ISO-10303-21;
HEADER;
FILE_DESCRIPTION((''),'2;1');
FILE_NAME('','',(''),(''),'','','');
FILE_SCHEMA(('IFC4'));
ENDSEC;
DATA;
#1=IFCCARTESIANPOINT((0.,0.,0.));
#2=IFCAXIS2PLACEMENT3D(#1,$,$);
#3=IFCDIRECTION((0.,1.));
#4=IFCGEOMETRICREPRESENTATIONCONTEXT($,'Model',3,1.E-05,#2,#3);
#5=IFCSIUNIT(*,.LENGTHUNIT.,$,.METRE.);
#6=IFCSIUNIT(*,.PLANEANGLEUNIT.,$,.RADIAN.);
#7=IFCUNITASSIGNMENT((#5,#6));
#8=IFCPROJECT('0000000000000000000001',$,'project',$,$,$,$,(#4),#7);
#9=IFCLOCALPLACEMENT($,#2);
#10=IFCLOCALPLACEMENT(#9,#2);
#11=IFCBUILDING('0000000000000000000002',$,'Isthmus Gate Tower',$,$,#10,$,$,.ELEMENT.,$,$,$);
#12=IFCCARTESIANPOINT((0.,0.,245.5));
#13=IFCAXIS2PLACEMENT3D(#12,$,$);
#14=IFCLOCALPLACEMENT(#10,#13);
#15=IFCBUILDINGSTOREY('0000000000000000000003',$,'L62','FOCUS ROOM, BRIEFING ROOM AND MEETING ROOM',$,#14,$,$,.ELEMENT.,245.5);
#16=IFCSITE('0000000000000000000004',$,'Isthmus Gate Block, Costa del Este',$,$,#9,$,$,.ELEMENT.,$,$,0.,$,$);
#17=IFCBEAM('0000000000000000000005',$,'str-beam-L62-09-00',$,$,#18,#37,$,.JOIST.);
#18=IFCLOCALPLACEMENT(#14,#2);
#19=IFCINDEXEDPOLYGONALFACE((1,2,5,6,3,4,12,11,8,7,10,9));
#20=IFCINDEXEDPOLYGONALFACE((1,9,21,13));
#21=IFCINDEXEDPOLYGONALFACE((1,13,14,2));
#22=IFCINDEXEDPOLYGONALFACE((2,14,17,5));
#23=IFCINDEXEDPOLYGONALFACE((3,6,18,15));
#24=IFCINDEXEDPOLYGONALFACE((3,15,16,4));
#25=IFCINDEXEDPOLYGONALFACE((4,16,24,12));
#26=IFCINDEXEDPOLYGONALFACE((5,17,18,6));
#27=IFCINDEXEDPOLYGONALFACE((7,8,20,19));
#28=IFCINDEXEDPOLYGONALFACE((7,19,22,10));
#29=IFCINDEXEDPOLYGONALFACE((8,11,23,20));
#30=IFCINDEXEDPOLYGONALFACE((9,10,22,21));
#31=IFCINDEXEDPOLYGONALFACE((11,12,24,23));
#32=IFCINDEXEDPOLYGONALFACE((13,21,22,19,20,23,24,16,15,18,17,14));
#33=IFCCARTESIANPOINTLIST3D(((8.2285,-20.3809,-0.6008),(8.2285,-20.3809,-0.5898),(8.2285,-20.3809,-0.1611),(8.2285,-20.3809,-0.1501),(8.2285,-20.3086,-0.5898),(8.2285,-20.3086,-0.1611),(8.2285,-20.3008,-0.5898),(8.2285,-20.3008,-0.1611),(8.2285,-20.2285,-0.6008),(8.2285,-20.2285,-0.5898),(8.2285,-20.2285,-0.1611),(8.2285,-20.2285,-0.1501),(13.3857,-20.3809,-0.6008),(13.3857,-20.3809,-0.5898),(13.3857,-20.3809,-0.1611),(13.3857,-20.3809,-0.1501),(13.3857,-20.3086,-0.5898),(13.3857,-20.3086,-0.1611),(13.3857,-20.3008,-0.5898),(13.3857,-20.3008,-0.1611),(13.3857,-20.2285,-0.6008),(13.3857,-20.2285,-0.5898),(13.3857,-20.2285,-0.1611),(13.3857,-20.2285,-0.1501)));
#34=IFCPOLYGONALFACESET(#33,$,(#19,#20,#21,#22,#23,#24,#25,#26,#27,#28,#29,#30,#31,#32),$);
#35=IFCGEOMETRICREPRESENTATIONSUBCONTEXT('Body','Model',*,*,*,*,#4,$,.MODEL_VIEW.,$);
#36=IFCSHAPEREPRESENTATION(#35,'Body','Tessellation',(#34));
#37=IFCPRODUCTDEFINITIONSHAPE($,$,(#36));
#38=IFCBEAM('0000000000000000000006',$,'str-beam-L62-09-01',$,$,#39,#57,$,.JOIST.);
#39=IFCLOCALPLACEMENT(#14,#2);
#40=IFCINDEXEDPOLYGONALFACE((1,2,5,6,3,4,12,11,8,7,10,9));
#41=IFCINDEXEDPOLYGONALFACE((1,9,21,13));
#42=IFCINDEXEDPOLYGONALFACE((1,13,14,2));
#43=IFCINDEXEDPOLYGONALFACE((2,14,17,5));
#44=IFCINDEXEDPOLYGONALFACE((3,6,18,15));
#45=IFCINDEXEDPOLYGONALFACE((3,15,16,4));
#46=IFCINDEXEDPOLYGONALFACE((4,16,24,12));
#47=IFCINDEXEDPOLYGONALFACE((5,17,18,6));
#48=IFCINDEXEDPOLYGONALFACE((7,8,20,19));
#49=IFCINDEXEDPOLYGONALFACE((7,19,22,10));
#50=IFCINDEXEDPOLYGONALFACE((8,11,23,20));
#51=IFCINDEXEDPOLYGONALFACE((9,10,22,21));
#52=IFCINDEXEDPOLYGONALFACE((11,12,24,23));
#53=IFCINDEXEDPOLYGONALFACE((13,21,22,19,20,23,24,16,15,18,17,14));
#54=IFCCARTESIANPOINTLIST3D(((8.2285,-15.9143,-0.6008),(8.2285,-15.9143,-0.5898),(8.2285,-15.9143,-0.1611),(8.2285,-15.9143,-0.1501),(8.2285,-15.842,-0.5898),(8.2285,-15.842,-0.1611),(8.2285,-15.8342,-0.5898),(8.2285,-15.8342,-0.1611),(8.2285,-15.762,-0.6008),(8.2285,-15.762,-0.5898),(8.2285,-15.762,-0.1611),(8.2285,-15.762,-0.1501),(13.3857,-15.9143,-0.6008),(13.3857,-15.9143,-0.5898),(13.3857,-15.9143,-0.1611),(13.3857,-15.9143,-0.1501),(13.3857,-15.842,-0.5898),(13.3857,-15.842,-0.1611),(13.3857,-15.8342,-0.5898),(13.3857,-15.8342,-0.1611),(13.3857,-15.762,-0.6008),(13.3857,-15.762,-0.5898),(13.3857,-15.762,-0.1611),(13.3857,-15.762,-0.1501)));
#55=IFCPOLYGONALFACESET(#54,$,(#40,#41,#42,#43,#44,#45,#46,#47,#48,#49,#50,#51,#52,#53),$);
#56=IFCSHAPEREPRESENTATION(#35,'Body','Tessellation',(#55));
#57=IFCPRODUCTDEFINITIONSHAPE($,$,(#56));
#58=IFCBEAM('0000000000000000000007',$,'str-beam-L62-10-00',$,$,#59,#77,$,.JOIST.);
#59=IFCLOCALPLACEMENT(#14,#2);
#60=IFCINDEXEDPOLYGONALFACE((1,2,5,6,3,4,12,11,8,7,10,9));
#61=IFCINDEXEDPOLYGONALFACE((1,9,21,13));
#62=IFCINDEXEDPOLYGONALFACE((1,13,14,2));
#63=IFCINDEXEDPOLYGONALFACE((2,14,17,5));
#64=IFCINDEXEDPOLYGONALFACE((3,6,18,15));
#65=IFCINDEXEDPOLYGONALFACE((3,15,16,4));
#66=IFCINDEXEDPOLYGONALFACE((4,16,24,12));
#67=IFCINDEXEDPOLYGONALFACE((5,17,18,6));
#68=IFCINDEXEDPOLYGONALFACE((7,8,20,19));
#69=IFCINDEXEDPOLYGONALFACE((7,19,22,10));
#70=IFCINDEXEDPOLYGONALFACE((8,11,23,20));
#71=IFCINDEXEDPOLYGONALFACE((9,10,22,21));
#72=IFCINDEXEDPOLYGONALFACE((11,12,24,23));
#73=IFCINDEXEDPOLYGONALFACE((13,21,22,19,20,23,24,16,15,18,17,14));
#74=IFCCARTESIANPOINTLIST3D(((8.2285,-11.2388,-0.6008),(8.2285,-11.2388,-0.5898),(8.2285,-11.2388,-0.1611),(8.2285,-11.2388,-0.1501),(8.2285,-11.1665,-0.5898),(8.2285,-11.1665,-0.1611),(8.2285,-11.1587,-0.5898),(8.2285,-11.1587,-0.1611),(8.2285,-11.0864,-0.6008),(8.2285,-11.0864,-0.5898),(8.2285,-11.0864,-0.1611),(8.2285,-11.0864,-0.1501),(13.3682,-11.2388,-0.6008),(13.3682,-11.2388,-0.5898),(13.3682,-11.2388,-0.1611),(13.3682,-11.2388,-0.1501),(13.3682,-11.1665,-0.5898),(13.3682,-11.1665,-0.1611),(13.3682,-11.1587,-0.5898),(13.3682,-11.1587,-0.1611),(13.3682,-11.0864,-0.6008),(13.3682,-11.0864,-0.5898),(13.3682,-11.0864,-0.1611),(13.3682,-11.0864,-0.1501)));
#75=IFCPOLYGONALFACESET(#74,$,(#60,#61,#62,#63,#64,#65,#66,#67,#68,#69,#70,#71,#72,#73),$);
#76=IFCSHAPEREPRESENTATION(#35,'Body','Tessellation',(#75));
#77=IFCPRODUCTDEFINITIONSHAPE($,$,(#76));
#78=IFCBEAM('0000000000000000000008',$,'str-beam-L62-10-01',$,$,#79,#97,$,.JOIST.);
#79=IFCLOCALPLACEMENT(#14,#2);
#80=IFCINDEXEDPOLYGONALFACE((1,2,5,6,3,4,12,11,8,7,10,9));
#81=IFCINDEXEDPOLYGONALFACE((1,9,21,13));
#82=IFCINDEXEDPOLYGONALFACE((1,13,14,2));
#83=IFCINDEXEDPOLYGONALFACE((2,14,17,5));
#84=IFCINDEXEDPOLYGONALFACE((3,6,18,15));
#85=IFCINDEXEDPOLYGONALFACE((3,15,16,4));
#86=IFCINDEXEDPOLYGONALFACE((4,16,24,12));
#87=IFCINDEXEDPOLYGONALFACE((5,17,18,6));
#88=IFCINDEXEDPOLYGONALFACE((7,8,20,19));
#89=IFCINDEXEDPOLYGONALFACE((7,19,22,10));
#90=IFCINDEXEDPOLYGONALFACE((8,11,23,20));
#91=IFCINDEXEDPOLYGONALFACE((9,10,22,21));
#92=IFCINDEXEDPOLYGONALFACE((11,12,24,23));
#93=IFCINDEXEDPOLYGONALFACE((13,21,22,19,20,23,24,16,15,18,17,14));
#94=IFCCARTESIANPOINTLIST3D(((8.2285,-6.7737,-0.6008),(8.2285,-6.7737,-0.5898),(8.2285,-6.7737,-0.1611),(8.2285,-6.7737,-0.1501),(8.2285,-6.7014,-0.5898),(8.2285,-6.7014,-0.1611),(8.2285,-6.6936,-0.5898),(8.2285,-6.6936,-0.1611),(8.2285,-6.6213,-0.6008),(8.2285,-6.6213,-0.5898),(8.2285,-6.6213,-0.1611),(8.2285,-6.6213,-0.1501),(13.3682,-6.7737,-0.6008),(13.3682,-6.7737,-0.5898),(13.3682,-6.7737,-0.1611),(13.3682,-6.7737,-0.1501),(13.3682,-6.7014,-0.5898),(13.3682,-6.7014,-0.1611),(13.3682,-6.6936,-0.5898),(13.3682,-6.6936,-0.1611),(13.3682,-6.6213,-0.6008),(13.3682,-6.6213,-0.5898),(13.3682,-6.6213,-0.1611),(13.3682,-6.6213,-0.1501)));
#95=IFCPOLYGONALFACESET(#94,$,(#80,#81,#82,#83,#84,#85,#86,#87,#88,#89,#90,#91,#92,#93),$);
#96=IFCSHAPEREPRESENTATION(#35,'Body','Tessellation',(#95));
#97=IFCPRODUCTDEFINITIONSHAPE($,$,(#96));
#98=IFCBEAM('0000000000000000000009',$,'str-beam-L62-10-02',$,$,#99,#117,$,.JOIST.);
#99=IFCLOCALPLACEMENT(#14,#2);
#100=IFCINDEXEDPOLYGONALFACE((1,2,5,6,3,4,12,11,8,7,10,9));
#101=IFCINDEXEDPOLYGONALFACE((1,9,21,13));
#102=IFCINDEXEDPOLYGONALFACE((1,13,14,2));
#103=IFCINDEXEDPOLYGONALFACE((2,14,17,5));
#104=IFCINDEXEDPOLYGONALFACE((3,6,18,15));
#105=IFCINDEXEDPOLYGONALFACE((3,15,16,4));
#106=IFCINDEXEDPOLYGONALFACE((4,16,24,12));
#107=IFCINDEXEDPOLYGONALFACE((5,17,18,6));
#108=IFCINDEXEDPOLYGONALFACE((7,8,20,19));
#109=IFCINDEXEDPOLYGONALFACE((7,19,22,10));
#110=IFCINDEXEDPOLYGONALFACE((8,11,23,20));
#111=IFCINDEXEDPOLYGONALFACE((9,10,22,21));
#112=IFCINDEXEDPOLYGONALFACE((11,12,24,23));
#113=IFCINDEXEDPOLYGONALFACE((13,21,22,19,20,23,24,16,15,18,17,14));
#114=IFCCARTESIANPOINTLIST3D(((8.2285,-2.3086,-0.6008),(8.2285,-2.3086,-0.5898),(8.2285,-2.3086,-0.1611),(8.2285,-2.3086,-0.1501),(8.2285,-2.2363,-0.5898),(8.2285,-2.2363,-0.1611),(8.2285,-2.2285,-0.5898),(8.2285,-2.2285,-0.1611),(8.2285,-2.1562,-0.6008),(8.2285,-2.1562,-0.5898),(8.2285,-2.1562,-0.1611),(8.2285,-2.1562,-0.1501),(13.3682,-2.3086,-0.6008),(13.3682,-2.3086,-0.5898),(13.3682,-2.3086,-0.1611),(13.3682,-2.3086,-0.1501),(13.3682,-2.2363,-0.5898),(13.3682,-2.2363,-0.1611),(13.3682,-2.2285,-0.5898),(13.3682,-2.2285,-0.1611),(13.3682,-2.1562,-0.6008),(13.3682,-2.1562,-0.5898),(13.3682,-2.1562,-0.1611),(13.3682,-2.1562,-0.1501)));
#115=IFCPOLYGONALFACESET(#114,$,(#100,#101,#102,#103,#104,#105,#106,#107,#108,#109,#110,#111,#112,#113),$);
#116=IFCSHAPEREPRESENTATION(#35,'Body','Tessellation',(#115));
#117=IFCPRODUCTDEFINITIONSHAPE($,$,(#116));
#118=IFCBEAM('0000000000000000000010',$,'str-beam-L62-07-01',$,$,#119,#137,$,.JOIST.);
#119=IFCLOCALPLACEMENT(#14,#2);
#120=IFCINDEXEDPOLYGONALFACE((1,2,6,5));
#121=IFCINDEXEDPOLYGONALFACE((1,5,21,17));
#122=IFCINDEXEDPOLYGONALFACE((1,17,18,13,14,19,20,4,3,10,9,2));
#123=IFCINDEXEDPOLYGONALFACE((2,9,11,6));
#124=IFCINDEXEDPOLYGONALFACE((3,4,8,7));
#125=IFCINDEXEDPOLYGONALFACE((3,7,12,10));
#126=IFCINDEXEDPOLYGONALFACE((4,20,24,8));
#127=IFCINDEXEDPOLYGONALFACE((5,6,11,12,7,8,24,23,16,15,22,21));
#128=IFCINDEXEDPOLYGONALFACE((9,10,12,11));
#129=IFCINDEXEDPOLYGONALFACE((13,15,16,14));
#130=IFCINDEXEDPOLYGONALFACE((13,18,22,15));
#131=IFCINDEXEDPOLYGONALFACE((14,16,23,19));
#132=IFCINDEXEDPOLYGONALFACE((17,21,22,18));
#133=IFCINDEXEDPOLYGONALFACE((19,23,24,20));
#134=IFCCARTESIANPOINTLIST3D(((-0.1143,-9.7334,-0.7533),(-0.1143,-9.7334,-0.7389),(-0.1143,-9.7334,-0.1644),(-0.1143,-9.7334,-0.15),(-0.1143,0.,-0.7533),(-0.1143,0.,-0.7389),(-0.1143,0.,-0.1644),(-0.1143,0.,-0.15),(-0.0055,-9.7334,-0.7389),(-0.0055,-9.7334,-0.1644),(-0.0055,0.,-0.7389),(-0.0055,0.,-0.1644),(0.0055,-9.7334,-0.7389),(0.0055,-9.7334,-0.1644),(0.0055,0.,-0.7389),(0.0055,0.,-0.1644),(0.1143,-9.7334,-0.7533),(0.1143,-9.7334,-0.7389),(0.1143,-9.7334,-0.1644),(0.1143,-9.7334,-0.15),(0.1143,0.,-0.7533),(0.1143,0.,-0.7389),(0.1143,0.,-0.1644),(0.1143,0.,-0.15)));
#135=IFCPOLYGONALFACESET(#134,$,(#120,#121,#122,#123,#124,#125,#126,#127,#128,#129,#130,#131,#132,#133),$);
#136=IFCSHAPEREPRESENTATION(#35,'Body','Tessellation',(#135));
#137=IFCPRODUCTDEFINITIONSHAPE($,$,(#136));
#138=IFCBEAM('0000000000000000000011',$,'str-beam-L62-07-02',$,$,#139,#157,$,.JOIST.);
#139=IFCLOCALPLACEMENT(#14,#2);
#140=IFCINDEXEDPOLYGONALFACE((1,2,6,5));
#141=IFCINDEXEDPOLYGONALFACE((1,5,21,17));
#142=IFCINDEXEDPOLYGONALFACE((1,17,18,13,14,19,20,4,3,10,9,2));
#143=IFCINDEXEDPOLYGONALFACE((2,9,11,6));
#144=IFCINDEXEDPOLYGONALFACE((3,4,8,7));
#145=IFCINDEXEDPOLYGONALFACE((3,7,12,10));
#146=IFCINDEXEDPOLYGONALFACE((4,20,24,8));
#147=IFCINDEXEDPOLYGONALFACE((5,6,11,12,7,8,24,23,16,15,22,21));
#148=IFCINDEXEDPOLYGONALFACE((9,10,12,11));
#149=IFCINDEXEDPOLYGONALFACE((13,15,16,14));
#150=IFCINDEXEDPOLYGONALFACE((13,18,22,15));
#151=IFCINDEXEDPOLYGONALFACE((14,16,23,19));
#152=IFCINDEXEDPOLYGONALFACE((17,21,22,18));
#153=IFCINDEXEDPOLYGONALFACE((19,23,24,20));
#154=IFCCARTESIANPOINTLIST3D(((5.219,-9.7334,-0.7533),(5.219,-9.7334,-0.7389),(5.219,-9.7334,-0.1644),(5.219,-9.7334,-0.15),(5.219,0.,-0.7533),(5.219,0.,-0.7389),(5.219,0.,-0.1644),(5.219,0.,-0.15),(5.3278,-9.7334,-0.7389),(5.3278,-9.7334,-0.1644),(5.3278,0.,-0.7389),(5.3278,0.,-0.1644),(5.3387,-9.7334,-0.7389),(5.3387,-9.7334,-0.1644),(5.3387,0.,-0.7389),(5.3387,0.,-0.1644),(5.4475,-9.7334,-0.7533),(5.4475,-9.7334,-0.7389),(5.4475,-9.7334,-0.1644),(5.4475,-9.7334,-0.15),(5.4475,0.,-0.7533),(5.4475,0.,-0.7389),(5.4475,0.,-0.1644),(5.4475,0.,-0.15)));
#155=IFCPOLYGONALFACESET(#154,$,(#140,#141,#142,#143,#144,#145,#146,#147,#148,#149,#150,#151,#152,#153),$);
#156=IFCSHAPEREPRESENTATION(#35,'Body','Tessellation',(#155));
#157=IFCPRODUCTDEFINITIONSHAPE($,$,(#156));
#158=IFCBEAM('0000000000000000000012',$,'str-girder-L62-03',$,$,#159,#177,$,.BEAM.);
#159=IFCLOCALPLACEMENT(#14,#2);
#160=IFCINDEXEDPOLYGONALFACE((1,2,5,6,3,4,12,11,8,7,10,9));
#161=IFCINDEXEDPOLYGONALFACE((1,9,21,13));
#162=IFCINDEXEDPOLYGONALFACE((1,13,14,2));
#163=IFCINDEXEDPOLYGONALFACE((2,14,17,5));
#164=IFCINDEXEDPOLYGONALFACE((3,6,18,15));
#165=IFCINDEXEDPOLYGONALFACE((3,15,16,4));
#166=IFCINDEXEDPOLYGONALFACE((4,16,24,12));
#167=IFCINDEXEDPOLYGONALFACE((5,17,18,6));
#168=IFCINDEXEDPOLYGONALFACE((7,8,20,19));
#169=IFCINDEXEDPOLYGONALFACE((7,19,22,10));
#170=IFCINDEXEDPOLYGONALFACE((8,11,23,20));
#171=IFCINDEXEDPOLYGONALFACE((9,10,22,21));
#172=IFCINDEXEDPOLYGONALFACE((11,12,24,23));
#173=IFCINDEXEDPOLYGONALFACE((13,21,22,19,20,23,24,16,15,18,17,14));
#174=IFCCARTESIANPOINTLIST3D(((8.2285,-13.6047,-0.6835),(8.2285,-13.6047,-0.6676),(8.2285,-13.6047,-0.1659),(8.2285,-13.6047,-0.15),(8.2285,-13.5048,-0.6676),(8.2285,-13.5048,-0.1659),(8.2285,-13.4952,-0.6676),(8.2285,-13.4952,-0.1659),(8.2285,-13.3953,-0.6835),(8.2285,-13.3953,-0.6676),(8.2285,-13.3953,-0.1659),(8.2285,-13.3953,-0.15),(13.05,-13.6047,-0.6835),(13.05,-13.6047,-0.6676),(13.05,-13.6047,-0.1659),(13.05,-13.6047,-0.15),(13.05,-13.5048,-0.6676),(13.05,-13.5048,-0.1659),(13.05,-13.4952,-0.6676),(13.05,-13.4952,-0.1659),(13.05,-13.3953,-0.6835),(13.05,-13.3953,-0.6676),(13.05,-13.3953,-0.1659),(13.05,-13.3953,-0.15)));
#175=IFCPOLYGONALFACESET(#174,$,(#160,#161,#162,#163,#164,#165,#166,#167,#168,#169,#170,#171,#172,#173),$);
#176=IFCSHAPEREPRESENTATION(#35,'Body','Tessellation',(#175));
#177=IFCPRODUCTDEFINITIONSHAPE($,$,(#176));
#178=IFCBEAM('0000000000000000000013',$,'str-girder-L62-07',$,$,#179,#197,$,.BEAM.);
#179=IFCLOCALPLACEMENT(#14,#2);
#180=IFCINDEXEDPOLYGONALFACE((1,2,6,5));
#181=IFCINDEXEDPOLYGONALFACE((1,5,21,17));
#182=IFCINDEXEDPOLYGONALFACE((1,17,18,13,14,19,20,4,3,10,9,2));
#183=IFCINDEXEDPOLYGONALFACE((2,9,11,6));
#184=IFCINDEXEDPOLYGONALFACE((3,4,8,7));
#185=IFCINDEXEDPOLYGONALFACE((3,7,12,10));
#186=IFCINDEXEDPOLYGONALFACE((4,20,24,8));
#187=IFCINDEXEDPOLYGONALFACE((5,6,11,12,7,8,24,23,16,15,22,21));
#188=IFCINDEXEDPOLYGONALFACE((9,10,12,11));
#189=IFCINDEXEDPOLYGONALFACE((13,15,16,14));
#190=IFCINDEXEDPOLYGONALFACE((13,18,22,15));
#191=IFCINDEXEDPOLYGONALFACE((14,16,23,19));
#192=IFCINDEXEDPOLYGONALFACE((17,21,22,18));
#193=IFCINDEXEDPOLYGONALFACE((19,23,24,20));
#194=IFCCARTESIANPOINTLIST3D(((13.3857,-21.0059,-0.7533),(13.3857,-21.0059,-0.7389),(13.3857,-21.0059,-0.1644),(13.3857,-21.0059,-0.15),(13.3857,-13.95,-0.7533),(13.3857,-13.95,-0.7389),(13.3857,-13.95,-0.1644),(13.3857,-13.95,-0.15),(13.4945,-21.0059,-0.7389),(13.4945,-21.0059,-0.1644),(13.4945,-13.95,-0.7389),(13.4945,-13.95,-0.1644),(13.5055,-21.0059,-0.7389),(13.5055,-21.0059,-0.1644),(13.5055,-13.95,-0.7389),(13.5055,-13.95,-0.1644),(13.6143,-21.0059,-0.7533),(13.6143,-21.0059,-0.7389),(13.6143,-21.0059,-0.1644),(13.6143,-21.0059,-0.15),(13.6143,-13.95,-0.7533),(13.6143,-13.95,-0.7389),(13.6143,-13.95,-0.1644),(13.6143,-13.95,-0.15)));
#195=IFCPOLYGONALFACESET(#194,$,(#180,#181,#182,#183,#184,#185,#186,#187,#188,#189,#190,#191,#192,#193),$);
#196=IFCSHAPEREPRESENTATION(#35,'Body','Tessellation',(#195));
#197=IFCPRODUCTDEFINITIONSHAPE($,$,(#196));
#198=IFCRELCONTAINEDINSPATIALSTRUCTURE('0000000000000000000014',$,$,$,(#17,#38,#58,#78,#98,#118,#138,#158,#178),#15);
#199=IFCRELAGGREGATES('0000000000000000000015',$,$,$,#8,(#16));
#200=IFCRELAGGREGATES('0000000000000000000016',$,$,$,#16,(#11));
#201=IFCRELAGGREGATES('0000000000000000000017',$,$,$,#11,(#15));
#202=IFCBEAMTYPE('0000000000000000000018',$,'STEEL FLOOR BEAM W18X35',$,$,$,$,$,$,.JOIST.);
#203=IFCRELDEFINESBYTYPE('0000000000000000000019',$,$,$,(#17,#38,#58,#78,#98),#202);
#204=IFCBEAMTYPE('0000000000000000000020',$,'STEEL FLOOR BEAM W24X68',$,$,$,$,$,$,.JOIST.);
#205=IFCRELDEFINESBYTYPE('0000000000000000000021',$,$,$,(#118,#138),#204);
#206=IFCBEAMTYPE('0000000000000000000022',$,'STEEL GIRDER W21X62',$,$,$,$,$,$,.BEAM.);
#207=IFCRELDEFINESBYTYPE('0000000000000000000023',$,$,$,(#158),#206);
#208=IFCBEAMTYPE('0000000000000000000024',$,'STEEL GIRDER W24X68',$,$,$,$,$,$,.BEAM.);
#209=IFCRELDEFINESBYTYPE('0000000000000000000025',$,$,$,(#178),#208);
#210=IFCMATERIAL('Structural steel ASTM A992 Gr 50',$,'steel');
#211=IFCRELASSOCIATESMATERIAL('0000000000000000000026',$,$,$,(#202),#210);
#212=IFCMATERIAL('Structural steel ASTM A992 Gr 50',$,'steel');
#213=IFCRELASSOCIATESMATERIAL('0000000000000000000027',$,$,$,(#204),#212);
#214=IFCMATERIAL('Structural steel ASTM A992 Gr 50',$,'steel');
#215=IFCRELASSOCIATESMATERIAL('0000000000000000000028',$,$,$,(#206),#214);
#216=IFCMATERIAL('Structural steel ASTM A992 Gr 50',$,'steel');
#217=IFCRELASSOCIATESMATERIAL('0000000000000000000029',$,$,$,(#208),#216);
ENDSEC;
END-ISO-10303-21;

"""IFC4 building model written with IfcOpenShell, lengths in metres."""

from ifc_helpers import new_model, si_unit, direction, frame, origin, origin_2d, place, context, subcontext, project, spatial, i_section, extrude, material, material_profile, profile_set, type_object, element, save


model = new_model("IFC4")

# Units and contexts
model_context = context("Model", 3, precision=1e-05, world=origin(), true_north=direction((0.0, 1.0)))
body_context = subcontext(model_context, "Body", "Model", "MODEL_VIEW")
ifc_project = project(units=[si_unit("LENGTHUNIT", "METRE"), si_unit("PLANEANGLEUNIT", "RADIAN")], contexts=[model_context])

# Site, building, storey
site_placement = place(None, origin())
site = spatial("IfcSite", under=ifc_project, at=site_placement, Name="Isthmus Gate Block, Costa del Este", CompositionType="ELEMENT", RefElevation=0.0)
building_placement = place(site_placement, origin())
building = spatial("IfcBuilding", under=site, at=building_placement, Name="Isthmus Gate Tower", CompositionType="ELEMENT")
storey_placement = place(building_placement, frame((0.0, 0.0, 245.5)))
storey = spatial("IfcBuildingStorey", under=building, at=storey_placement, Name="L62", Description="FOCUS ROOM, BRIEFING ROOM AND MEETING ROOM", CompositionType="ELEMENT", Elevation=245.5)

# Beams
ifc_material_1 = material(Name="Structural steel ASTM A992 Gr 50", Category="steel")
ifc_material_profile_1 = material_profile(ifc_material_1, i_section(OverallWidth=0.1523, OverallDepth=0.4507, WebThickness=0.0078, FlangeThickness=0.011, at=origin_2d()), Name="W18X35")
ifc_profile_set_1 = profile_set([ifc_material_profile_1], Name="Structural steel ASTM A992 Gr 50")
beam_type_1 = type_object("IfcBeamType", Name="STEEL FLOOR BEAM W18X35", PredefinedType="JOIST", material=ifc_profile_set_1)
for number, where, z_axis, x_axis, name in (
    (1, (8.2285, -20.3047, -0.3755), (1.0, 0.0, 0.0), (0.0, 1.0, 0.0), "str-beam-L62-09-00"),
    (2, (8.2285, -15.8381, -0.3755), (1.0, 0.0, 0.0), (0.0, 1.0, 0.0), "str-beam-L62-09-01"),
):
    element("IfcBeam", number, at=place(storey_placement, frame(where, z_axis=z_axis, x_axis=x_axis)), inside=storey, type_object=beam_type_1, Name=name, PredefinedType="JOIST", context=body_context, shape_type="SweptSolid", body=[
        extrude(i_section(OverallWidth=0.1523, OverallDepth=0.4507, WebThickness=0.0078, FlangeThickness=0.011, at=origin_2d()), origin(), (0.0, 0.0, 1.0), 5.1572),
    ])
for number, where, z_axis, x_axis, name in (
    (3, (8.2285, -11.1626, -0.3755), (1.0, 0.0, 0.0), (0.0, 1.0, 0.0), "str-beam-L62-10-00"),
    (4, (8.2285, -6.6975, -0.3755), (1.0, 0.0, 0.0), (0.0, 1.0, 0.0), "str-beam-L62-10-01"),
    (5, (8.2285, -2.2324, -0.3755), (1.0, 0.0, 0.0), (0.0, 1.0, 0.0), "str-beam-L62-10-02"),
):
    element("IfcBeam", number, at=place(storey_placement, frame(where, z_axis=z_axis, x_axis=x_axis)), inside=storey, type_object=beam_type_1, Name=name, PredefinedType="JOIST", context=body_context, shape_type="SweptSolid", body=[
        extrude(i_section(OverallWidth=0.1523, OverallDepth=0.4507, WebThickness=0.0078, FlangeThickness=0.011, at=origin_2d()), origin(), (0.0, 0.0, 1.0), 5.1396),
    ])
ifc_material_2 = material(Name="Structural steel ASTM A992 Gr 50", Category="steel")
ifc_material_profile_2 = material_profile(ifc_material_2, i_section(OverallWidth=0.2285, OverallDepth=0.6033, WebThickness=0.011, FlangeThickness=0.0144, at=origin_2d()), Name="W24X68")
ifc_profile_set_2 = profile_set([ifc_material_profile_2], Name="Structural steel ASTM A992 Gr 50")
beam_type_2 = type_object("IfcBeamType", Name="STEEL FLOOR BEAM W24X68", PredefinedType="JOIST", material=ifc_profile_set_2)
for number, where, z_axis, x_axis, name in (
    (6, (0.0, -9.7334, -0.4517), (0.0, 1.0, 0.0), (-1.0, 0.0, 0.0), "str-beam-L62-07-01"),
    (7, (5.3333, -9.7334, -0.4517), (0.0, 1.0, 0.0), (-1.0, 0.0, 0.0), "str-beam-L62-07-02"),
):
    element("IfcBeam", number, at=place(storey_placement, frame(where, z_axis=z_axis, x_axis=x_axis)), inside=storey, type_object=beam_type_2, Name=name, PredefinedType="JOIST", context=body_context, shape_type="SweptSolid", body=[
        extrude(i_section(OverallWidth=0.2285, OverallDepth=0.6033, WebThickness=0.011, FlangeThickness=0.0144, at=origin_2d()), origin(), (0.0, 0.0, 1.0), 9.7334),
    ])
ifc_material_3 = material(Name="Structural steel ASTM A992 Gr 50", Category="steel")
ifc_material_profile_3 = material_profile(ifc_material_3, i_section(OverallWidth=0.2095, OverallDepth=0.5334, WebThickness=0.0095, FlangeThickness=0.0159, at=origin_2d()), Name="W21X62")
ifc_profile_set_3 = profile_set([ifc_material_profile_3], Name="Structural steel ASTM A992 Gr 50")
beam_type_3 = type_object("IfcBeamType", Name="STEEL GIRDER W21X62", PredefinedType="BEAM", material=ifc_profile_set_3)
beam_1_placement = place(storey_placement, frame((8.2285, -13.5, -0.4167), z_axis=(1.0, 0.0, 0.0), x_axis=(0.0, 1.0, 0.0)))
element("IfcBeam", 8, at=beam_1_placement, inside=storey, type_object=beam_type_3, Name="str-girder-L62-03", PredefinedType="BEAM", context=body_context, shape_type="SweptSolid", body=[
    extrude(i_section(OverallWidth=0.2095, OverallDepth=0.5334, WebThickness=0.0095, FlangeThickness=0.0159, at=origin_2d()), origin(), (0.0, 0.0, 1.0), 4.8215),
])
ifc_material_4 = material(Name="Structural steel ASTM A992 Gr 50", Category="steel")
ifc_material_profile_4 = material_profile(ifc_material_4, i_section(OverallWidth=0.2285, OverallDepth=0.6033, WebThickness=0.011, FlangeThickness=0.0144, at=origin_2d()), Name="W24X68")
ifc_profile_set_4 = profile_set([ifc_material_profile_4], Name="Structural steel ASTM A992 Gr 50")
beam_type_4 = type_object("IfcBeamType", Name="STEEL GIRDER W24X68", PredefinedType="BEAM", material=ifc_profile_set_4)
beam_2_placement = place(storey_placement, frame((13.5, -21.0059, -0.4517), z_axis=(0.0, 1.0, 0.0), x_axis=(-1.0, 0.0, 0.0)))
element("IfcBeam", 9, at=beam_2_placement, inside=storey, type_object=beam_type_4, Name="str-girder-L62-07", PredefinedType="BEAM", context=body_context, shape_type="SweptSolid", body=[
    extrude(i_section(OverallWidth=0.2285, OverallDepth=0.6033, WebThickness=0.011, FlangeThickness=0.0144, at=origin_2d()), origin(), (0.0, 0.0, 1.0), 7.0559),
])

save(model, "model.ifc")
